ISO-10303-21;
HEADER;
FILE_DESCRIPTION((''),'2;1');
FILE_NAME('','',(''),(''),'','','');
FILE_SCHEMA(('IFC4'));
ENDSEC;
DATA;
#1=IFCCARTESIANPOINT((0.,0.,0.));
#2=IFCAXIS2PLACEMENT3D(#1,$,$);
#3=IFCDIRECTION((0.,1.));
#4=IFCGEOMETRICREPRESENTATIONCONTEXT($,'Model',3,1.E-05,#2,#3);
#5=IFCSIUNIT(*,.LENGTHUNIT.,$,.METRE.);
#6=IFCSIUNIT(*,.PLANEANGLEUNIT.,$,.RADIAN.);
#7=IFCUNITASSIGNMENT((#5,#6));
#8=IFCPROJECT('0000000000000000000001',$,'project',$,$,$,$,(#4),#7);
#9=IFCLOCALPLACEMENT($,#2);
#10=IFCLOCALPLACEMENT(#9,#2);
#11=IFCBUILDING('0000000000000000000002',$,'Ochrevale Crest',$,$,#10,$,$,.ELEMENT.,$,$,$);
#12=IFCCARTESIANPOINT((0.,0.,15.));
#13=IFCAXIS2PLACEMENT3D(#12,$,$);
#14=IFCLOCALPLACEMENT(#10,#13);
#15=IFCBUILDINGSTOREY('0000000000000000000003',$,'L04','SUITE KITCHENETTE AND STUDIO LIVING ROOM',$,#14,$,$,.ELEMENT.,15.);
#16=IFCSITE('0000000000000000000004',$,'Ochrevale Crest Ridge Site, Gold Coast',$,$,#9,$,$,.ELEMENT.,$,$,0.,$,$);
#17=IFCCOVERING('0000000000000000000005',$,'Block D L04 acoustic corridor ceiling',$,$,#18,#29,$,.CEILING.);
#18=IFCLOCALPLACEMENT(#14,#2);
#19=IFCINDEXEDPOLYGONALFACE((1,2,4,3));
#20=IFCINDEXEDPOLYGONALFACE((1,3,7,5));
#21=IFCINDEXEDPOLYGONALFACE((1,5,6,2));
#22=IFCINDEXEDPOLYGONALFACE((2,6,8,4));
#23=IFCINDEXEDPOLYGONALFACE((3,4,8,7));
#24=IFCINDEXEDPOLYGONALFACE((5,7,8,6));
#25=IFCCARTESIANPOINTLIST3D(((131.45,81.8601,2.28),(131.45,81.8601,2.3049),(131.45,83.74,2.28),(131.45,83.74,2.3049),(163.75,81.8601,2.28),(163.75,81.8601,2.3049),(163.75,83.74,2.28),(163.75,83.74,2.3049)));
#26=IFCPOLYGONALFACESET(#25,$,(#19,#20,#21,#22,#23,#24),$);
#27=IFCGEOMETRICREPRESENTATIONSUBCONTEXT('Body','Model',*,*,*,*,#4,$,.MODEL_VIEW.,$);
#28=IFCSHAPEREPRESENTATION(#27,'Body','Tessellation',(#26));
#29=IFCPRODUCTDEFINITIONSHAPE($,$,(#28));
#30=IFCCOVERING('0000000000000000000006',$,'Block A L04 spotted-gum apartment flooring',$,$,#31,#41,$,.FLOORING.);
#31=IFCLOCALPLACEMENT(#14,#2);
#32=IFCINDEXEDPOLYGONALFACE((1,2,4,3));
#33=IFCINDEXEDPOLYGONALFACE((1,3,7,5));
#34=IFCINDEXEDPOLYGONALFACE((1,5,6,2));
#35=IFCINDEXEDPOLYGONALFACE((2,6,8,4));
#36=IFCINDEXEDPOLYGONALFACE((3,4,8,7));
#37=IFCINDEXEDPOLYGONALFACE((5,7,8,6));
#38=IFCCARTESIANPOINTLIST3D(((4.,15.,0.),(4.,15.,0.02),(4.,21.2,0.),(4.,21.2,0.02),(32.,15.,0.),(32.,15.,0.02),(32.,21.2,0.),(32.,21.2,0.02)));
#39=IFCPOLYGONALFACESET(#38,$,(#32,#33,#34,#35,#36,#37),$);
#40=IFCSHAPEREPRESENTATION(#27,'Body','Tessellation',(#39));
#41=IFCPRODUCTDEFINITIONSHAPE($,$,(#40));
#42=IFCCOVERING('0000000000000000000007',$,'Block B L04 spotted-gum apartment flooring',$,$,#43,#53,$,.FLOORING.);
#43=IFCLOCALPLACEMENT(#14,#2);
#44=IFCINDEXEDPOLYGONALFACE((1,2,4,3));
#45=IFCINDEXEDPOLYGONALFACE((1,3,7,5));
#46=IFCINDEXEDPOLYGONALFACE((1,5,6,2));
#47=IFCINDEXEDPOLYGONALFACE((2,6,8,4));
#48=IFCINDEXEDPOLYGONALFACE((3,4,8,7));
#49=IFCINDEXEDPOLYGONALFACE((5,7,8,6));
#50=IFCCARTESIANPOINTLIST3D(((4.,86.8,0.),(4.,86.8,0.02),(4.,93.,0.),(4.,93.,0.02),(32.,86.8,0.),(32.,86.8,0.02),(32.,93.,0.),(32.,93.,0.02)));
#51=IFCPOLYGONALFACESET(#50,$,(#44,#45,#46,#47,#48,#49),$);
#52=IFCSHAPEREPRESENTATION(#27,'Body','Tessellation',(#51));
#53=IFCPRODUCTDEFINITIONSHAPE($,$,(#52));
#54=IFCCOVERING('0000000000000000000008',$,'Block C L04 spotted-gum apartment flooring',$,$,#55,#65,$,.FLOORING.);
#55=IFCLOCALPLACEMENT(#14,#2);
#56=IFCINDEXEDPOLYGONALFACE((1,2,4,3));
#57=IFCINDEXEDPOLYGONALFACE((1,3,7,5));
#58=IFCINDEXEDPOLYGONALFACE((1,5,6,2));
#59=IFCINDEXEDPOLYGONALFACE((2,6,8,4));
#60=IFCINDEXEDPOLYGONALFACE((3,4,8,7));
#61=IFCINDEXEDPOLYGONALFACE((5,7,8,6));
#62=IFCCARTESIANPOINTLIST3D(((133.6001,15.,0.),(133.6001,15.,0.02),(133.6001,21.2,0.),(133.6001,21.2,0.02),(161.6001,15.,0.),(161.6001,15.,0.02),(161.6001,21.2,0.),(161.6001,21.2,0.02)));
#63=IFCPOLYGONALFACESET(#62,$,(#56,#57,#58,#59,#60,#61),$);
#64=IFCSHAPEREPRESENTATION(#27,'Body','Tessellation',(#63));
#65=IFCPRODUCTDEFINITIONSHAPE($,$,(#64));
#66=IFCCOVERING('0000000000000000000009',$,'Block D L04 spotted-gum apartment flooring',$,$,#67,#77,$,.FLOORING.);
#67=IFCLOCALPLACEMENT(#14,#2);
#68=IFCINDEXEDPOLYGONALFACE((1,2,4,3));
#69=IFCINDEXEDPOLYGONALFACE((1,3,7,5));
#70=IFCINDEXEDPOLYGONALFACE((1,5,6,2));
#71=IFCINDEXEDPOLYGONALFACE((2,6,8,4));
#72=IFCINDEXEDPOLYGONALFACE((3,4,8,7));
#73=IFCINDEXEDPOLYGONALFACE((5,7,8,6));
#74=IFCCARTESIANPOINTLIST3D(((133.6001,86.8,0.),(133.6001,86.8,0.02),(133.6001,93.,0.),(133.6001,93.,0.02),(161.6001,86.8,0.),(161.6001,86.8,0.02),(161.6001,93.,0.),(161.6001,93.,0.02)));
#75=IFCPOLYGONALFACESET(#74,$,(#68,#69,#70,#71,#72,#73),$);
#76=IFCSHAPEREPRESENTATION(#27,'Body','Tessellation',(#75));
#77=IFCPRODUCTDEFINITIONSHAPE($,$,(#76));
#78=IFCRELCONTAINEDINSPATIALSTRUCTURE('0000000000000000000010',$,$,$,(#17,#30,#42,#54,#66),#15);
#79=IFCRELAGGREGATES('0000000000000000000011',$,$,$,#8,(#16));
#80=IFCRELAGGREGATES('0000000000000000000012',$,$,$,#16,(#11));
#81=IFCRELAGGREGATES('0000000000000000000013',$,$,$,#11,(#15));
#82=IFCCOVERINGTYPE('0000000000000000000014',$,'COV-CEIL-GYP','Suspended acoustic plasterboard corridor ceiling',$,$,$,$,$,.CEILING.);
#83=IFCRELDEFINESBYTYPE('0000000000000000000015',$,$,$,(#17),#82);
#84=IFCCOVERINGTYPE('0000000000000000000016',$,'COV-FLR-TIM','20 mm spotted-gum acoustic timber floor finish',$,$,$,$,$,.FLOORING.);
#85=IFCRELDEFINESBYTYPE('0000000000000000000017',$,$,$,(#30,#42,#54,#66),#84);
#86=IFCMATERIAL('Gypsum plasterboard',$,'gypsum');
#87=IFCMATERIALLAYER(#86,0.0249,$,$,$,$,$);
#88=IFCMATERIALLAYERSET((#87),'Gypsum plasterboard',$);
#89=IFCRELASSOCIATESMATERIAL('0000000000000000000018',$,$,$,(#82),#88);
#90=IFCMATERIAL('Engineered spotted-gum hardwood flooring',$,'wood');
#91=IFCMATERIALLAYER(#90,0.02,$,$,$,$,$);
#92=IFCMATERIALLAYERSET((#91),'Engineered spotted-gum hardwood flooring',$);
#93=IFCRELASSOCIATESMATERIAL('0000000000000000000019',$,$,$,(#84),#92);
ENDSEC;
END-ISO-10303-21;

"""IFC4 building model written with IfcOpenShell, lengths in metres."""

from ifc_helpers import new_model, si_unit, direction, frame, origin, place, context, subcontext, project, spatial, polyline, outline, extrude, material, layer, layer_set, type_object, element, save


model = new_model("IFC4")

# Units and contexts
model_context = context("Model", 3, precision=1e-05, world=origin(), true_north=direction((0.0, 1.0)))
body_context = subcontext(model_context, "Body", "Model", "MODEL_VIEW")
ifc_project = project(units=[si_unit("LENGTHUNIT", "METRE"), si_unit("PLANEANGLEUNIT", "RADIAN")], contexts=[model_context])

# Site, building, storey
site_placement = place(None, origin())
site = spatial("IfcSite", under=ifc_project, at=site_placement, Name="Ochrevale Crest Ridge Site, Gold Coast", CompositionType="ELEMENT", RefElevation=0.0)
building_placement = place(site_placement, origin())
building = spatial("IfcBuilding", under=site, at=building_placement, Name="Ochrevale Crest", CompositionType="ELEMENT")
storey_placement = place(building_placement, frame((0.0, 0.0, 15.0)))
storey = spatial("IfcBuildingStorey", under=building, at=storey_placement, Name="L04", Description="SUITE KITCHENETTE AND STUDIO LIVING ROOM", CompositionType="ELEMENT", Elevation=15.0)

# Coverings
ifc_material_1 = material(Name="Gypsum plasterboard", Category="gypsum")
ifc_layer_1 = layer(ifc_material_1, 0.0249)
ifc_layer_set_1 = layer_set([ifc_layer_1], Name="Gypsum plasterboard")
covering_type_1 = type_object("IfcCoveringType", Name="COV-CEIL-GYP", Description="Suspended acoustic plasterboard corridor ceiling", PredefinedType="CEILING", material=ifc_layer_set_1)
covering_1_placement = place(storey_placement, frame((0.0, 0.0, 2.28)))
element("IfcCovering", 1, at=covering_1_placement, inside=storey, type_object=covering_type_1, Name="Block D L04 acoustic corridor ceiling", PredefinedType="CEILING", context=body_context, shape_type="SweptSolid", body=[
    extrude(outline(polyline([(131.45, 81.8601), (163.75, 81.8601), (163.75, 83.74), (131.45, 83.74), (131.45, 81.8601)])), origin(), (0.0, 0.0, 1.0), 0.0249),
])
ifc_material_2 = material(Name="Engineered spotted-gum hardwood flooring", Category="wood")
ifc_layer_2 = layer(ifc_material_2, 0.02)
ifc_layer_set_2 = layer_set([ifc_layer_2], Name="Engineered spotted-gum hardwood flooring")
covering_type_2 = type_object("IfcCoveringType", Name="COV-FLR-TIM", Description="20 mm spotted-gum acoustic timber floor finish", PredefinedType="FLOORING", material=ifc_layer_set_2)
covering_2_placement = place(storey_placement, origin())
element("IfcCovering", 2, at=covering_2_placement, inside=storey, type_object=covering_type_2, Name="Block A L04 spotted-gum apartment flooring", PredefinedType="FLOORING", context=body_context, shape_type="SweptSolid", body=[
    extrude(outline(polyline([(4.0, 15.0), (32.0, 15.0), (32.0, 21.2), (4.0, 21.2), (4.0, 15.0)])), origin(), (0.0, 0.0, 1.0), 0.02),
])
covering_3_placement = place(storey_placement, origin())
element("IfcCovering", 3, at=covering_3_placement, inside=storey, type_object=covering_type_2, Name="Block B L04 spotted-gum apartment flooring", PredefinedType="FLOORING", context=body_context, shape_type="SweptSolid", body=[
    extrude(outline(polyline([(4.0, 86.8), (32.0, 86.8), (32.0, 93.0), (4.0, 93.0), (4.0, 86.8)])), origin(), (0.0, 0.0, 1.0), 0.02),
])
covering_4_placement = place(storey_placement, origin())
element("IfcCovering", 4, at=covering_4_placement, inside=storey, type_object=covering_type_2, Name="Block C L04 spotted-gum apartment flooring", PredefinedType="FLOORING", context=body_context, shape_type="SweptSolid", body=[
    extrude(outline(polyline([(133.6001, 15.0), (161.6001, 15.0), (161.6001, 21.2), (133.6001, 21.2), (133.6001, 15.0)])), origin(), (0.0, 0.0, 1.0), 0.02),
])
covering_5_placement = place(storey_placement, origin())
element("IfcCovering", 5, at=covering_5_placement, inside=storey, type_object=covering_type_2, Name="Block D L04 spotted-gum apartment flooring", PredefinedType="FLOORING", context=body_context, shape_type="SweptSolid", body=[
    extrude(outline(polyline([(133.6001, 86.8), (161.6001, 86.8), (161.6001, 93.0), (133.6001, 93.0), (133.6001, 86.8)])), origin(), (0.0, 0.0, 1.0), 0.02),
])

save(model, "model.ifc")
